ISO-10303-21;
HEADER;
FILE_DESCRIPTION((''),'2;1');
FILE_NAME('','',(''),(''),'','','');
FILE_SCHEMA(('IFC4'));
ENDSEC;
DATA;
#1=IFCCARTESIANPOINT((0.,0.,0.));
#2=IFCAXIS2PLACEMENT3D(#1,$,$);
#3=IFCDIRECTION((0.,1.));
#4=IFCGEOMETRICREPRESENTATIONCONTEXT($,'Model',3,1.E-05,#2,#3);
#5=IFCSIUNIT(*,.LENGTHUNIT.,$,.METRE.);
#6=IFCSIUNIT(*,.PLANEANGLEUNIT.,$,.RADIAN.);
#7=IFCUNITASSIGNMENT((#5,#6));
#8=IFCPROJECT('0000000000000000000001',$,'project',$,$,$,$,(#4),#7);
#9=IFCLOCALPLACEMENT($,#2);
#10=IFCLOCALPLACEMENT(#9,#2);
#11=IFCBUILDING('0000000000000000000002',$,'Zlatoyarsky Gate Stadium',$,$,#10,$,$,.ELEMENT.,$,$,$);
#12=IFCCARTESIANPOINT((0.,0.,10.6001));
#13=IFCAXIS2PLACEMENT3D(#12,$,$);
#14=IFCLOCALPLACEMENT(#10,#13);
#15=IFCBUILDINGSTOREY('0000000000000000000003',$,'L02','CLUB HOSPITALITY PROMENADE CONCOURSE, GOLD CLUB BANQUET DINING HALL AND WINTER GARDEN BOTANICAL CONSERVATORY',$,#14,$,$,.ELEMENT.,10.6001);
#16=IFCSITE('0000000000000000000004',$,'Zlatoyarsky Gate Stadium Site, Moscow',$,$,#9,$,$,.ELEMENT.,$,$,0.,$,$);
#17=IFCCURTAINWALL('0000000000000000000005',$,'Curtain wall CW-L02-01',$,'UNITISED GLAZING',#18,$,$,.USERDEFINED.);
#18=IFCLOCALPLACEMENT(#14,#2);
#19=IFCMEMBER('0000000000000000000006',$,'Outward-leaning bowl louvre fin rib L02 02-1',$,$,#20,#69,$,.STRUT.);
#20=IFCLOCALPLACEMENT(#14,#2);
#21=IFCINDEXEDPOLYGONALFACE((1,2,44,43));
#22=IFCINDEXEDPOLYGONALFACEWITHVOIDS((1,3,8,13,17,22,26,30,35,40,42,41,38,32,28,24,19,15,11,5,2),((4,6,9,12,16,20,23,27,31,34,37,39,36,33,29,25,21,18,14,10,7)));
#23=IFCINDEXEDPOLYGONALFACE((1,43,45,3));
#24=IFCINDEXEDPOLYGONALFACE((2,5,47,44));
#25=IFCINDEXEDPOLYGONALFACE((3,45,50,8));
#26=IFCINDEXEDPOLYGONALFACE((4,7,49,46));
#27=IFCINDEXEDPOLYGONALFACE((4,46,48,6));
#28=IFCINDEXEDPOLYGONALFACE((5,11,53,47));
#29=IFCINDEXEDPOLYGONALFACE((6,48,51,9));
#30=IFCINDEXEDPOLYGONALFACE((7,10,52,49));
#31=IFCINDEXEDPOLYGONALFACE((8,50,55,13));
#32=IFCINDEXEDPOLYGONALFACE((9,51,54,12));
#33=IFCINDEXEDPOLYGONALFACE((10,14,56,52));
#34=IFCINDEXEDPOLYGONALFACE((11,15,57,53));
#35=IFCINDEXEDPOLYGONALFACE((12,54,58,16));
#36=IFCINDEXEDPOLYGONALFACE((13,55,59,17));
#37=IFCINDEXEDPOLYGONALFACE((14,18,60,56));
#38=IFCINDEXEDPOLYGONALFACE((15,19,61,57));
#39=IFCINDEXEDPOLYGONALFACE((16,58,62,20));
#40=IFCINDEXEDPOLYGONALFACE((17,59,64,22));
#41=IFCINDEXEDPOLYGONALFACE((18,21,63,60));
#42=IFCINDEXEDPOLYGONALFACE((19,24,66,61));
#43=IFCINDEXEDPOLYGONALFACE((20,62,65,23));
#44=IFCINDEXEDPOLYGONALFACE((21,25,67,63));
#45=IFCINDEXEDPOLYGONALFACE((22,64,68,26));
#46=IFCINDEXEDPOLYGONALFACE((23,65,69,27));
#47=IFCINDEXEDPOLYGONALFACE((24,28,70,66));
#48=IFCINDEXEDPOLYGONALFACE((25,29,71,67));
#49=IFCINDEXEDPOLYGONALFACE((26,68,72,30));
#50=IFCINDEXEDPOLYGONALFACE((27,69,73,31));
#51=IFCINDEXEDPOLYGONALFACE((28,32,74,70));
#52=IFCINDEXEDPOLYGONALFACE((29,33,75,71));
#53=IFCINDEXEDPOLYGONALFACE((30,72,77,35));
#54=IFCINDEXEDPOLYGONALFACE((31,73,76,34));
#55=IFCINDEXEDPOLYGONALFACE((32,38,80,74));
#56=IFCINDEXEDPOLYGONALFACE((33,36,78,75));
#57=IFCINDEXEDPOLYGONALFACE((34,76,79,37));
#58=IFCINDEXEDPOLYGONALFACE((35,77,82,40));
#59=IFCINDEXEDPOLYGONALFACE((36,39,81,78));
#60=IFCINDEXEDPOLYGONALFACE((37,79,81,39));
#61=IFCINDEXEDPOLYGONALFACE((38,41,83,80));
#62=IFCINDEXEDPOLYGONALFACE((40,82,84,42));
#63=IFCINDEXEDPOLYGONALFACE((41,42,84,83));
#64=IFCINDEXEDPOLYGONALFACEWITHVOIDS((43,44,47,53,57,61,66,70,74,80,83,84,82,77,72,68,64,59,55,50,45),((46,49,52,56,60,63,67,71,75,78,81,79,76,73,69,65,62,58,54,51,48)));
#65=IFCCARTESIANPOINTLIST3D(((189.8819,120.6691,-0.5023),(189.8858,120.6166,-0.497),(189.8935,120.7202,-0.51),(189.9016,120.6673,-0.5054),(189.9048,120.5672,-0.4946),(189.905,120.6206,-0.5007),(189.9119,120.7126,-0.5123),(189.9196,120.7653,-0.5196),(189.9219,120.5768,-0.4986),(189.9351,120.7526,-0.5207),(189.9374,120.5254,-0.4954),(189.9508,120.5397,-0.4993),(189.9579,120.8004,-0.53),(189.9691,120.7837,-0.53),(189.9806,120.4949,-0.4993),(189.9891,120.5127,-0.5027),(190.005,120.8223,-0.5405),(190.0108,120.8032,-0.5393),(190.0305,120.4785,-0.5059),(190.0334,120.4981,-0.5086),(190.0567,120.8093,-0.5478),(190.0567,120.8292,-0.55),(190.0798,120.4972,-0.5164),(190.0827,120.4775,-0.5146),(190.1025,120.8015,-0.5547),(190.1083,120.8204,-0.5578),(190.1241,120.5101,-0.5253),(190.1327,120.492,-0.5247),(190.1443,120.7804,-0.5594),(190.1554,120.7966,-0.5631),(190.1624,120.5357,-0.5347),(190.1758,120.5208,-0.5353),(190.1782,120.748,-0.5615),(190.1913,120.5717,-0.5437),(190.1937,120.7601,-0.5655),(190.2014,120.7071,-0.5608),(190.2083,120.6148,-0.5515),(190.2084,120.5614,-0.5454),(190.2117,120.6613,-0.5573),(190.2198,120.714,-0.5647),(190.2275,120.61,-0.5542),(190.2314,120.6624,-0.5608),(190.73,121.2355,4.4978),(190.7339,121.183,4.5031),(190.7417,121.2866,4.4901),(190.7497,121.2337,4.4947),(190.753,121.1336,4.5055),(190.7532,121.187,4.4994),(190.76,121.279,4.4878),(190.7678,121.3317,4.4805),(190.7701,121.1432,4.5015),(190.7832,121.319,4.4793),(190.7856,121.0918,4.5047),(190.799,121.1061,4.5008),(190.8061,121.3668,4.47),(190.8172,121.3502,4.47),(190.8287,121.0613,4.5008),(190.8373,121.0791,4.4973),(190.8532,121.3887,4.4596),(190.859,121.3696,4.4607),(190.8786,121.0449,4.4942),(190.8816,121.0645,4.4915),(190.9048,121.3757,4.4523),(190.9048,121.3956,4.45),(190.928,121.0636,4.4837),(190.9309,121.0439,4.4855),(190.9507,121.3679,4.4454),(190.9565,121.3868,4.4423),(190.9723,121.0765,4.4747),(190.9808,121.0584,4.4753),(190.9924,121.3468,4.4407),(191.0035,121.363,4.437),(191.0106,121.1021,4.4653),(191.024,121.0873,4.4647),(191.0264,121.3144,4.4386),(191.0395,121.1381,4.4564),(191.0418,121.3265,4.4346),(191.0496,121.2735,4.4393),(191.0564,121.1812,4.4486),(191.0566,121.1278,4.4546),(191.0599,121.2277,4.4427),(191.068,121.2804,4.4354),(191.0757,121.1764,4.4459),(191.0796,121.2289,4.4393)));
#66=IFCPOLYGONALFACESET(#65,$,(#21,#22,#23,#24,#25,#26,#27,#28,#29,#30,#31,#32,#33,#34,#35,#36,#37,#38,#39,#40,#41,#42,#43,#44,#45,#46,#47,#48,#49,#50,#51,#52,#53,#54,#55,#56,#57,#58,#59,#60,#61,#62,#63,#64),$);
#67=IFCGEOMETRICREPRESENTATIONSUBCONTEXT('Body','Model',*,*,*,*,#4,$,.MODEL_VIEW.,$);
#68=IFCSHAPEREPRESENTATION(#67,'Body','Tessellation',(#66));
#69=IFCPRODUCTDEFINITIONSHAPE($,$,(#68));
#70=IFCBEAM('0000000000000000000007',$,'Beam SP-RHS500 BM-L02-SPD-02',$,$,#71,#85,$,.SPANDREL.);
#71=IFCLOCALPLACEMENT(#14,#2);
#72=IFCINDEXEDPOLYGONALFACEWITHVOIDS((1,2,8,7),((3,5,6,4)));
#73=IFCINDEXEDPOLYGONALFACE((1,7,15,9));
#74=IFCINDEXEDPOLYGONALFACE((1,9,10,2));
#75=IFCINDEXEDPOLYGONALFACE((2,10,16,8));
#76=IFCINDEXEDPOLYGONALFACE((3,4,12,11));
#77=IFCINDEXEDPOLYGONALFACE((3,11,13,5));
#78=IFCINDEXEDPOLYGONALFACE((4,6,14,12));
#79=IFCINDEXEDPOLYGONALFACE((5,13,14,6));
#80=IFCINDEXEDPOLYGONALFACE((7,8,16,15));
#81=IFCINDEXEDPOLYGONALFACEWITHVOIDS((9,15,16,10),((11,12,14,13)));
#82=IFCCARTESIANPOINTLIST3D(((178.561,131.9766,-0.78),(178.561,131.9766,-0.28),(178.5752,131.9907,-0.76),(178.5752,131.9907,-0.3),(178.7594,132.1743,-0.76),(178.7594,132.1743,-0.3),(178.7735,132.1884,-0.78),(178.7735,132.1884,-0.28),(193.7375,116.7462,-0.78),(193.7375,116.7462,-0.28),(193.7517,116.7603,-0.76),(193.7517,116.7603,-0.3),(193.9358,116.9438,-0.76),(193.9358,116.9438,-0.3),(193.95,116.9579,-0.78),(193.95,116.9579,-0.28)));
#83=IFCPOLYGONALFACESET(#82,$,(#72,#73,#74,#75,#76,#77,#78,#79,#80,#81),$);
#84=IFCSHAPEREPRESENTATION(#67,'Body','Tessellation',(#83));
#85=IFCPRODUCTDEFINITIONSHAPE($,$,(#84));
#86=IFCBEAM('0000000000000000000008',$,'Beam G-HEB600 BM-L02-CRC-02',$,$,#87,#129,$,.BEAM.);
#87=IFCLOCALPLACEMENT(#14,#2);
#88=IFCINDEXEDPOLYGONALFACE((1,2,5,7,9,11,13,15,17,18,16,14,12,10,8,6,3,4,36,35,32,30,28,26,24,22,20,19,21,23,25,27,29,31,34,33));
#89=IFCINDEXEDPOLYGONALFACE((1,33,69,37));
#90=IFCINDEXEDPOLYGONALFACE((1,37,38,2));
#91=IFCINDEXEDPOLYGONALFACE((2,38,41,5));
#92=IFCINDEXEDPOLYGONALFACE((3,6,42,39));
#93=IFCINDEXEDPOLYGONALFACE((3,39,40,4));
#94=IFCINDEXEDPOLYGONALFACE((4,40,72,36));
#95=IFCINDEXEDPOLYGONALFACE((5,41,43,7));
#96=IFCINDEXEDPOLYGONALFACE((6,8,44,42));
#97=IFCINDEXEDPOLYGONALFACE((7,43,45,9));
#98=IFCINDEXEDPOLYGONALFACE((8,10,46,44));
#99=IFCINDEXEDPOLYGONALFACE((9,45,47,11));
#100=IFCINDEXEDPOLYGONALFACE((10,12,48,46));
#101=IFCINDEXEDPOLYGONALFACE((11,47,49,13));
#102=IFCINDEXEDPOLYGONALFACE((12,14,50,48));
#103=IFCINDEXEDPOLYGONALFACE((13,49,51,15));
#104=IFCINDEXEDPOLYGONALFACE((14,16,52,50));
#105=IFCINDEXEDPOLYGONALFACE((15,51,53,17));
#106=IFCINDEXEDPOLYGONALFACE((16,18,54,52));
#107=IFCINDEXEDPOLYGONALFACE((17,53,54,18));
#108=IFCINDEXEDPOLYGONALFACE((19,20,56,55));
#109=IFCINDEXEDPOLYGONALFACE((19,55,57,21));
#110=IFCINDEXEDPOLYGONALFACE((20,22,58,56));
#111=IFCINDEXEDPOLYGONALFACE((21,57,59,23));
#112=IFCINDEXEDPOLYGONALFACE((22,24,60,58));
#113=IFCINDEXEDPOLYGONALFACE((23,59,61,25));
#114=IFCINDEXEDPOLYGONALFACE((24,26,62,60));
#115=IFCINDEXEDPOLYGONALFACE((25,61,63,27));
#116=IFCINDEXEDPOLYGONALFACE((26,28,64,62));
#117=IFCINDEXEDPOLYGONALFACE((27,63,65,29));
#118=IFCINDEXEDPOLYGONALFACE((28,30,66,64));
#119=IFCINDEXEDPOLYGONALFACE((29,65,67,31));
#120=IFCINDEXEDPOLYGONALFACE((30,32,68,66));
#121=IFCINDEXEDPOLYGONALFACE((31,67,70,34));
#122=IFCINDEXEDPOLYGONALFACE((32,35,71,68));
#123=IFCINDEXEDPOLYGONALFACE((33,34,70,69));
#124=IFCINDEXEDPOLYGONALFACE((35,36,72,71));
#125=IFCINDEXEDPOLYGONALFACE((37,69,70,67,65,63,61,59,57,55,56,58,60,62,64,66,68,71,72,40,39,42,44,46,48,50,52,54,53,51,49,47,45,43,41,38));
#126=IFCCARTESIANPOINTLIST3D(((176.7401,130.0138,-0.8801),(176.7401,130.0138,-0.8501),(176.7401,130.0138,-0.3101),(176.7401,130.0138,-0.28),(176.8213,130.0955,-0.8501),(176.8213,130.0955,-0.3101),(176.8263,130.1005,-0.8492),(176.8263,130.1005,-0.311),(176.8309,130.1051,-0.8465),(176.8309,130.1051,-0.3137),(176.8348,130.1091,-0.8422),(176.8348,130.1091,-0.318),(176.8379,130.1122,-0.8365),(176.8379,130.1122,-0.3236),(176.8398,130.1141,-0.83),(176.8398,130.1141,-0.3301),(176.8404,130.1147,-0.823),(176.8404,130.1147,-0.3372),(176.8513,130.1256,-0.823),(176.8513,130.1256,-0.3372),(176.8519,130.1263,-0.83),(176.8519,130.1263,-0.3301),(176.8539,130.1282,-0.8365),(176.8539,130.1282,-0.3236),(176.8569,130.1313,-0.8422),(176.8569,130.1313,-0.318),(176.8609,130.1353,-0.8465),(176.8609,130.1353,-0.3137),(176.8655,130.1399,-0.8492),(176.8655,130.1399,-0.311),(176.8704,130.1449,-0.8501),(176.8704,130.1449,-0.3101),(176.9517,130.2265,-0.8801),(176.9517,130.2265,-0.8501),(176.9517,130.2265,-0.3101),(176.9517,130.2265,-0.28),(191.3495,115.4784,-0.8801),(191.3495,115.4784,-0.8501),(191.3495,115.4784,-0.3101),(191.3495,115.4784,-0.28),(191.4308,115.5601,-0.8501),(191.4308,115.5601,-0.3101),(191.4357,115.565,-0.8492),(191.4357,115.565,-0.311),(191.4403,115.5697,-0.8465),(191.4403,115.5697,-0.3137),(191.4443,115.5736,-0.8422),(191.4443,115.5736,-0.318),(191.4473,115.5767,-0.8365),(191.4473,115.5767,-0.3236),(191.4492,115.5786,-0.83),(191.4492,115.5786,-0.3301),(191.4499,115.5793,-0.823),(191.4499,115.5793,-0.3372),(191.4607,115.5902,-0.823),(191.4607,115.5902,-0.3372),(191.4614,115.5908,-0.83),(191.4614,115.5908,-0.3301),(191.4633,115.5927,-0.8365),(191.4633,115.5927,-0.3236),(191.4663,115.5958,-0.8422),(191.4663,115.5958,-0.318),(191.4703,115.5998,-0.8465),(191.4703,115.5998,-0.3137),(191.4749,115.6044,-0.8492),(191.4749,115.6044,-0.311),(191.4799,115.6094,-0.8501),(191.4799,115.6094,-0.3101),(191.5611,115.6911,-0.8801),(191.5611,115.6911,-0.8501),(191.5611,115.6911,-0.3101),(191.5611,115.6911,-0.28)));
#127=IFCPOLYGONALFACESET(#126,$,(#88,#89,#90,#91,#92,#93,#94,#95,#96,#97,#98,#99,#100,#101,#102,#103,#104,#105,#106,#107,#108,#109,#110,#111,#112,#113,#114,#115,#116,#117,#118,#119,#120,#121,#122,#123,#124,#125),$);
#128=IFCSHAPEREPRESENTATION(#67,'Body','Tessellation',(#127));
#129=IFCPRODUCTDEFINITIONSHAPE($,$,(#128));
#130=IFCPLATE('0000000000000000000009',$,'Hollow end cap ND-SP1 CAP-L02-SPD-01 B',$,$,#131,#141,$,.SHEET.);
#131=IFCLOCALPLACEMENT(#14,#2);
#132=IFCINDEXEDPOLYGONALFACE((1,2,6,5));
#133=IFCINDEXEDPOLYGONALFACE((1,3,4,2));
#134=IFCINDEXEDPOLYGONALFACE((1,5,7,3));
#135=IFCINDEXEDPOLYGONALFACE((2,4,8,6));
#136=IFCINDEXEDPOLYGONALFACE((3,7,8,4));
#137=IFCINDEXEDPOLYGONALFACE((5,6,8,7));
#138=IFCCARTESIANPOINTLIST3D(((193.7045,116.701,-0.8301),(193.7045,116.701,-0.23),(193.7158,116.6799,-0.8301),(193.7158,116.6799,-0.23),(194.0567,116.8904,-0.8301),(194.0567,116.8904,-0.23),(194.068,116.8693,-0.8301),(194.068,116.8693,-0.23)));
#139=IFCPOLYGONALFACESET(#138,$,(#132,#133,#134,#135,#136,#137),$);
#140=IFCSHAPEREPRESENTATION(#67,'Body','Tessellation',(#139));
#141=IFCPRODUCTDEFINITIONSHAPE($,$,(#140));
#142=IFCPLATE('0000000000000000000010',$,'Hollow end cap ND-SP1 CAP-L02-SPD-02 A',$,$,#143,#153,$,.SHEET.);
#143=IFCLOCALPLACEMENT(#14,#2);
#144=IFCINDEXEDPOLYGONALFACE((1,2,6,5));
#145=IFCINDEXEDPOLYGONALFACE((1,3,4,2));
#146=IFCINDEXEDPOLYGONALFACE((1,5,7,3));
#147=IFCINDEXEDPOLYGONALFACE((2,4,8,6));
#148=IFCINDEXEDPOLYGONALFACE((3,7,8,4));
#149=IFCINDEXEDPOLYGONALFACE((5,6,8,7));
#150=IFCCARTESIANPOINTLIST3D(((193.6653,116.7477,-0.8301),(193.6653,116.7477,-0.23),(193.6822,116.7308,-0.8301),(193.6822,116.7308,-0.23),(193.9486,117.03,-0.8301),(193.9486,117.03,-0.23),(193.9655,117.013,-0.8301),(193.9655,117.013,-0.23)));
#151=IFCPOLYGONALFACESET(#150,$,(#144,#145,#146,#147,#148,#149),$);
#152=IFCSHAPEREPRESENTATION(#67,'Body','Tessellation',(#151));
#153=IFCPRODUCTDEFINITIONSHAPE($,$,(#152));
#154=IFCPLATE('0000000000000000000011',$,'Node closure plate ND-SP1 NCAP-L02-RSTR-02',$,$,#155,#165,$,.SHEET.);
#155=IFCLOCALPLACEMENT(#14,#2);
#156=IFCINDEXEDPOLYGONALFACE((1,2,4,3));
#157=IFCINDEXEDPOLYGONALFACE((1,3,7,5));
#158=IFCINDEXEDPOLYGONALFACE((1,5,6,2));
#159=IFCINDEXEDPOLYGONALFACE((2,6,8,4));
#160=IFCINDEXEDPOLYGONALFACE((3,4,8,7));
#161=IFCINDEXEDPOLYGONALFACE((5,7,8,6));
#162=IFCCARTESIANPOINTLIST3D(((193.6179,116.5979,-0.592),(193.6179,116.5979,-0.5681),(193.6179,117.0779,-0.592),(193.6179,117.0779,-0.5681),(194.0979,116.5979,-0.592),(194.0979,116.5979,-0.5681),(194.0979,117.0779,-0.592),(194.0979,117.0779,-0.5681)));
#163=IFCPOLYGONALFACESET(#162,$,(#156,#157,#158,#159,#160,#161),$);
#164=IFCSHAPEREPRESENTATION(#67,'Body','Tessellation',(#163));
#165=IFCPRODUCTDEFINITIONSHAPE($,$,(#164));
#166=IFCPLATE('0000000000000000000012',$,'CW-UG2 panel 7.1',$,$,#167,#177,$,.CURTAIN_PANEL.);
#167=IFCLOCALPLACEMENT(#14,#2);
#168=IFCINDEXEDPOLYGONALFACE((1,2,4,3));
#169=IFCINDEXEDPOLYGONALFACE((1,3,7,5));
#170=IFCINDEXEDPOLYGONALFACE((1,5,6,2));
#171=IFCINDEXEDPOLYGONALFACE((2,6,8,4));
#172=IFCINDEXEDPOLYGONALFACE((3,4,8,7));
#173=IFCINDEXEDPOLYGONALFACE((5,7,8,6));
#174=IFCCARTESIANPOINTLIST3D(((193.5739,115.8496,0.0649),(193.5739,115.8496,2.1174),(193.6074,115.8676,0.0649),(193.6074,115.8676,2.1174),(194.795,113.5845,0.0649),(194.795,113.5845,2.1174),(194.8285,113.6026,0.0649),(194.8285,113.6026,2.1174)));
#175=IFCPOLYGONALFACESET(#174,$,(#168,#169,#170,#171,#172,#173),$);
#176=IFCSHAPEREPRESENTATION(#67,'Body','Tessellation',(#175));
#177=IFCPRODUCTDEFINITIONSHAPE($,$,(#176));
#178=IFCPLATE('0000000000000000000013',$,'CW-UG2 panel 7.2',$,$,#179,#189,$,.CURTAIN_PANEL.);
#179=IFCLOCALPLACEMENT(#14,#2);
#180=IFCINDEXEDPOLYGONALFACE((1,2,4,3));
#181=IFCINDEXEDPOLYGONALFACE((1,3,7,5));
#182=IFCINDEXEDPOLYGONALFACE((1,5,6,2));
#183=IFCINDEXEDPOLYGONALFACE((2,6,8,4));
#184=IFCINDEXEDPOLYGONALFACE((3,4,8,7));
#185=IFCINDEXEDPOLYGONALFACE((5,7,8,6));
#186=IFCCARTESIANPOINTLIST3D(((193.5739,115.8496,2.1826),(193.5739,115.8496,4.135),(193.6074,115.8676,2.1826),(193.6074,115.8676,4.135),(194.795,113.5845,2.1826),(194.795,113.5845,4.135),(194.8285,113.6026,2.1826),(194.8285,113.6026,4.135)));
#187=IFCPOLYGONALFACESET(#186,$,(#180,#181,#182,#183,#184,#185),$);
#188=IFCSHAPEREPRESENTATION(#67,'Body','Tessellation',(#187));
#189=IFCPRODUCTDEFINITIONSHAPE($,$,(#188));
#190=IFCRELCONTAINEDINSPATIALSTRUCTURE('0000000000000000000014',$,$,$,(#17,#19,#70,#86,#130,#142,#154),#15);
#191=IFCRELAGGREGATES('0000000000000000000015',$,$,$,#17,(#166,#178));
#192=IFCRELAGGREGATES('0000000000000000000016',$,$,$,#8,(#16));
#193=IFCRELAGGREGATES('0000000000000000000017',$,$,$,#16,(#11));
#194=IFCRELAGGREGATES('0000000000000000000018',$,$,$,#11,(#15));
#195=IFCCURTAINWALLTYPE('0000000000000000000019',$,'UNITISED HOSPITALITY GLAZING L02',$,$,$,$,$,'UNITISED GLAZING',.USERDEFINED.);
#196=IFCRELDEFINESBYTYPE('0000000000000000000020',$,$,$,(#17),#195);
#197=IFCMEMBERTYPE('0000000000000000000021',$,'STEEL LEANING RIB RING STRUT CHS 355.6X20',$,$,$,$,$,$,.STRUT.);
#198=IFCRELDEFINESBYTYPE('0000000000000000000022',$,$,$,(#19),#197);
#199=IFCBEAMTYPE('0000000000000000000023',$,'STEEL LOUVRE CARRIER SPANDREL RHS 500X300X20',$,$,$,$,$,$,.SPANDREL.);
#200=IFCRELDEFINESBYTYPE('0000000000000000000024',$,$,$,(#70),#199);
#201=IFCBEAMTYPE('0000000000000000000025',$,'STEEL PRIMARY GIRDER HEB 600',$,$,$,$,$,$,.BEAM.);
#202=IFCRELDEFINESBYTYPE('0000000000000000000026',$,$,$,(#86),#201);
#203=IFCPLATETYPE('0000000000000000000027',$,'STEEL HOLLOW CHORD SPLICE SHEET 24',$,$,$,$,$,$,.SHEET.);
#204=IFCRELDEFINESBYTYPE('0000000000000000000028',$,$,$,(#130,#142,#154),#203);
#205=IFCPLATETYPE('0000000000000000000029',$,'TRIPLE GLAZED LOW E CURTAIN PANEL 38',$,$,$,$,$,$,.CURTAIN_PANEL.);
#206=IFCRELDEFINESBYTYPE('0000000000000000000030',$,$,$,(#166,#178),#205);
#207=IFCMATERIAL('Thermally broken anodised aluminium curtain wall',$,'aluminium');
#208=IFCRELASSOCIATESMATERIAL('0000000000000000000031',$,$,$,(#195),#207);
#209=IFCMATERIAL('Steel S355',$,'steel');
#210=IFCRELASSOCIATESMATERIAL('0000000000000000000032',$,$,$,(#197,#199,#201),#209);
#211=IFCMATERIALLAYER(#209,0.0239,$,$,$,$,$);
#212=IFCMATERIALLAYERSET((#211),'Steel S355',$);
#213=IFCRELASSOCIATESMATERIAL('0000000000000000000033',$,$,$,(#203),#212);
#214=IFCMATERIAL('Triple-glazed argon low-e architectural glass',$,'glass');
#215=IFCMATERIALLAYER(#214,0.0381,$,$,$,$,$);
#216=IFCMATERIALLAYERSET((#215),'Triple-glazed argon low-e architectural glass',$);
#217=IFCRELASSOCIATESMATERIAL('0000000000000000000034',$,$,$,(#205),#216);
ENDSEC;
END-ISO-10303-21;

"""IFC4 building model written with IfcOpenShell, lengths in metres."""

from ifc_helpers import new_model, si_unit, direction, frame, origin, origin_2d, place, context, subcontext, project, spatial, rectangle, hollow_rectangle, hollow_circle, i_section, extrude, material, layer, layer_set, material_profile, profile_set, type_object, element, aggregate, save


model = new_model("IFC4")

# Units and contexts
model_context = context("Model", 3, precision=1e-05, world=origin(), true_north=direction((0.0, 1.0)))
body_context = subcontext(model_context, "Body", "Model", "MODEL_VIEW")
ifc_project = project(units=[si_unit("LENGTHUNIT", "METRE"), si_unit("PLANEANGLEUNIT", "RADIAN")], contexts=[model_context])

# Site, building, storey
site_placement = place(None, origin())
site = spatial("IfcSite", under=ifc_project, at=site_placement, Name="Zlatoyarsky Gate Stadium Site, Moscow", CompositionType="ELEMENT", RefElevation=0.0)
building_placement = place(site_placement, origin())
building = spatial("IfcBuilding", under=site, at=building_placement, Name="Zlatoyarsky Gate Stadium", CompositionType="ELEMENT")
storey_placement = place(building_placement, frame((0.0, 0.0, 10.6001)))
storey = spatial("IfcBuildingStorey", under=building, at=storey_placement, Name="L02", Description="CLUB HOSPITALITY PROMENADE CONCOURSE, GOLD CLUB BANQUET DINING HALL AND WINTER GARDEN BOTANICAL CONSERVATORY", CompositionType="ELEMENT", Elevation=10.6001)

# Shared definitions
ifc_material_1 = material(Name="Steel S355", Category="steel")

# Curtain wall
ifc_material_2 = material(Name="Thermally broken anodised aluminium curtain wall", Category="aluminium")
curtain_wall_type = type_object("IfcCurtainWallType", Name="UNITISED HOSPITALITY GLAZING L02", ElementType="UNITISED GLAZING", PredefinedType="USERDEFINED", material=ifc_material_2)
curtain_wall_1_placement = place(storey_placement, origin())
curtain_wall_1 = element("IfcCurtainWall", 1, at=curtain_wall_1_placement, inside=storey, type_object=curtain_wall_type, Name="Curtain wall CW-L02-01", ObjectType="UNITISED GLAZING", PredefinedType="USERDEFINED")

# Member
ifc_material_profile_1 = material_profile(ifc_material_1, hollow_circle(Radius=0.1777, WallThickness=0.02, at=origin_2d()), Name="CHS 355.6X20")
ifc_profile_set_1 = profile_set([ifc_material_profile_1], Name="Steel S355")
member_type_1 = type_object("IfcMemberType", Name="STEEL LEANING RIB RING STRUT CHS 355.6X20", PredefinedType="STRUT", material=ifc_profile_set_1)
member_1_placement = place(storey_placement, frame((190.0566, 120.6526, -0.53), z_axis=(0.166206, 0.110996, 0.979824), x_axis=(-0.555363, 0.831608, 0.0)))
element("IfcMember", 2, at=member_1_placement, inside=storey, type_object=member_type_1, Name="Outward-leaning bowl louvre fin rib L02 02-1", PredefinedType="STRUT", context=body_context, shape_type="SweptSolid", body=[
    extrude(hollow_circle(Radius=0.1777, WallThickness=0.02, at=origin_2d()), origin(), (0.0, 0.0, 1.0), 5.103),
])

# Beams
ifc_material_profile_2 = material_profile(ifc_material_1, hollow_rectangle(XDim=0.3, YDim=0.5, WallThickness=0.02, at=origin_2d()), Name="RHS 500X300X20")
ifc_profile_set_2 = profile_set([ifc_material_profile_2], Name="Steel S355")
beam_type_1 = type_object("IfcBeamType", Name="STEEL LOUVRE CARRIER SPANDREL RHS 500X300X20", PredefinedType="SPANDREL", material=ifc_profile_set_2)
beam_1_placement = place(storey_placement, frame((193.8438, 116.8521, -0.53), z_axis=(-0.705851, 0.70836, 0.0), x_axis=(-0.70836, -0.705851, 0.0)))
element("IfcBeam", 3, at=beam_1_placement, inside=storey, type_object=beam_type_1, Name="Beam SP-RHS500 BM-L02-SPD-02", PredefinedType="SPANDREL", context=body_context, shape_type="SweptSolid", body=[
    extrude(hollow_rectangle(XDim=0.3, YDim=0.5, WallThickness=0.02, at=origin_2d()), origin(), (0.0, 0.0, 1.0), 21.501),
])
ifc_material_profile_3 = material_profile(ifc_material_1, i_section(OverallWidth=0.3, OverallDepth=0.6001, WebThickness=0.0154, FlangeThickness=0.03, FilletRadius=0.0271, at=origin_2d()), Name="HEB 600")
ifc_profile_set_3 = profile_set([ifc_material_profile_3], Name="Steel S355")
beam_type_2 = type_object("IfcBeamType", Name="STEEL PRIMARY GIRDER HEB 600", PredefinedType="BEAM", material=ifc_profile_set_3)
beam_2_placement = place(storey_placement, frame((191.4553, 115.5847, -0.5801), z_axis=(-0.708899, 0.70531, 0.0), x_axis=(-0.70531, -0.708899, 0.0)))
element("IfcBeam", 4, at=beam_2_placement, inside=storey, type_object=beam_type_2, Name="Beam G-HEB600 BM-L02-CRC-02", PredefinedType="BEAM", context=body_context, shape_type="SweptSolid", body=[
    extrude(i_section(OverallWidth=0.3, OverallDepth=0.6001, WebThickness=0.0154, FlangeThickness=0.03, FilletRadius=0.0271, at=origin_2d()), origin(), (0.0, 0.0, 1.0), 20.6086),
])

# Plates
ifc_layer_1 = layer(ifc_material_1, 0.0239)
ifc_layer_set_1 = layer_set([ifc_layer_1], Name="Steel S355")
plate_type_1 = type_object("IfcPlateType", Name="STEEL HOLLOW CHORD SPLICE SHEET 24", PredefinedType="SHEET", material=ifc_layer_set_1)
for number, where, z_axis, x_axis, name in (
    (5, (193.8862, 116.7852, -0.8301), (0.0, 0.0, 1.0), (-0.473714, 0.880679, 0.0), "Hollow end cap ND-SP1 CAP-L02-SPD-01 B"),
    (6, (193.8154, 116.8804, -0.8301), (0.0, 0.0, 1.0), (-0.70585, 0.708361, 0.0), "Hollow end cap ND-SP1 CAP-L02-SPD-02 A"),
):
    element("IfcPlate", number, at=place(storey_placement, frame(where, z_axis=z_axis, x_axis=x_axis)), inside=storey, type_object=plate_type_1, Name=name, PredefinedType="SHEET", context=body_context, shape_type="SweptSolid", body=[
        extrude(rectangle(XDim=0.0239, YDim=0.3999, at=origin_2d()), origin(), (0.0, 0.0, 1.0), 0.6001),
    ])
plate_1_placement = place(storey_placement, frame((193.8579, 116.8379, -0.592), z_axis=(0.0, 0.0, 1.0), x_axis=(1.0, 0.0, 0.0)))
element("IfcPlate", 7, at=plate_1_placement, inside=storey, type_object=plate_type_1, Name="Node closure plate ND-SP1 NCAP-L02-RSTR-02", PredefinedType="SHEET", context=body_context, shape_type="SweptSolid", body=[
    extrude(rectangle(XDim=0.48, YDim=0.48, at=origin_2d()), origin(), (0.0, 0.0, 1.0), 0.0239),
])

# Plates
ifc_material_3 = material(Name="Triple-glazed argon low-e architectural glass", Category="glass")
ifc_layer_2 = layer(ifc_material_3, 0.0381)
ifc_layer_set_2 = layer_set([ifc_layer_2], Name="Triple-glazed argon low-e architectural glass")
plate_type_2 = type_object("IfcPlateType", Name="TRIPLE GLAZED LOW E CURTAIN PANEL 38", PredefinedType="CURTAIN_PANEL", material=ifc_layer_set_2)
plate_2_placement = place(storey_placement, frame((194.2012, 114.7261, 0.0649), z_axis=(0.0, 0.0, 1.0), x_axis=(-0.474536, 0.880236, 0.0)))
plate_2 = element("IfcPlate", 8, at=plate_2_placement, type_object=plate_type_2, Name="CW-UG2 panel 7.1", PredefinedType="CURTAIN_PANEL", context=body_context, shape_type="SweptSolid", body=[
    extrude(rectangle(XDim=2.5732, YDim=0.0381, at=origin_2d()), origin(), (0.0, 0.0, 1.0), 2.0525),
])
plate_3_placement = place(storey_placement, frame((194.2012, 114.7261, 2.1826), z_axis=(0.0, 0.0, 1.0), x_axis=(-0.474536, 0.880236, 0.0)))
plate_3 = element("IfcPlate", 9, at=plate_3_placement, type_object=plate_type_2, Name="CW-UG2 panel 7.2", PredefinedType="CURTAIN_PANEL", context=body_context, shape_type="SweptSolid", body=[
    extrude(rectangle(XDim=2.5732, YDim=0.0381, at=origin_2d()), origin(), (0.0, 0.0, 1.0), 1.9524),
])
aggregate(curtain_wall_1, [plate_2, plate_3])

save(model, "model.ifc")
